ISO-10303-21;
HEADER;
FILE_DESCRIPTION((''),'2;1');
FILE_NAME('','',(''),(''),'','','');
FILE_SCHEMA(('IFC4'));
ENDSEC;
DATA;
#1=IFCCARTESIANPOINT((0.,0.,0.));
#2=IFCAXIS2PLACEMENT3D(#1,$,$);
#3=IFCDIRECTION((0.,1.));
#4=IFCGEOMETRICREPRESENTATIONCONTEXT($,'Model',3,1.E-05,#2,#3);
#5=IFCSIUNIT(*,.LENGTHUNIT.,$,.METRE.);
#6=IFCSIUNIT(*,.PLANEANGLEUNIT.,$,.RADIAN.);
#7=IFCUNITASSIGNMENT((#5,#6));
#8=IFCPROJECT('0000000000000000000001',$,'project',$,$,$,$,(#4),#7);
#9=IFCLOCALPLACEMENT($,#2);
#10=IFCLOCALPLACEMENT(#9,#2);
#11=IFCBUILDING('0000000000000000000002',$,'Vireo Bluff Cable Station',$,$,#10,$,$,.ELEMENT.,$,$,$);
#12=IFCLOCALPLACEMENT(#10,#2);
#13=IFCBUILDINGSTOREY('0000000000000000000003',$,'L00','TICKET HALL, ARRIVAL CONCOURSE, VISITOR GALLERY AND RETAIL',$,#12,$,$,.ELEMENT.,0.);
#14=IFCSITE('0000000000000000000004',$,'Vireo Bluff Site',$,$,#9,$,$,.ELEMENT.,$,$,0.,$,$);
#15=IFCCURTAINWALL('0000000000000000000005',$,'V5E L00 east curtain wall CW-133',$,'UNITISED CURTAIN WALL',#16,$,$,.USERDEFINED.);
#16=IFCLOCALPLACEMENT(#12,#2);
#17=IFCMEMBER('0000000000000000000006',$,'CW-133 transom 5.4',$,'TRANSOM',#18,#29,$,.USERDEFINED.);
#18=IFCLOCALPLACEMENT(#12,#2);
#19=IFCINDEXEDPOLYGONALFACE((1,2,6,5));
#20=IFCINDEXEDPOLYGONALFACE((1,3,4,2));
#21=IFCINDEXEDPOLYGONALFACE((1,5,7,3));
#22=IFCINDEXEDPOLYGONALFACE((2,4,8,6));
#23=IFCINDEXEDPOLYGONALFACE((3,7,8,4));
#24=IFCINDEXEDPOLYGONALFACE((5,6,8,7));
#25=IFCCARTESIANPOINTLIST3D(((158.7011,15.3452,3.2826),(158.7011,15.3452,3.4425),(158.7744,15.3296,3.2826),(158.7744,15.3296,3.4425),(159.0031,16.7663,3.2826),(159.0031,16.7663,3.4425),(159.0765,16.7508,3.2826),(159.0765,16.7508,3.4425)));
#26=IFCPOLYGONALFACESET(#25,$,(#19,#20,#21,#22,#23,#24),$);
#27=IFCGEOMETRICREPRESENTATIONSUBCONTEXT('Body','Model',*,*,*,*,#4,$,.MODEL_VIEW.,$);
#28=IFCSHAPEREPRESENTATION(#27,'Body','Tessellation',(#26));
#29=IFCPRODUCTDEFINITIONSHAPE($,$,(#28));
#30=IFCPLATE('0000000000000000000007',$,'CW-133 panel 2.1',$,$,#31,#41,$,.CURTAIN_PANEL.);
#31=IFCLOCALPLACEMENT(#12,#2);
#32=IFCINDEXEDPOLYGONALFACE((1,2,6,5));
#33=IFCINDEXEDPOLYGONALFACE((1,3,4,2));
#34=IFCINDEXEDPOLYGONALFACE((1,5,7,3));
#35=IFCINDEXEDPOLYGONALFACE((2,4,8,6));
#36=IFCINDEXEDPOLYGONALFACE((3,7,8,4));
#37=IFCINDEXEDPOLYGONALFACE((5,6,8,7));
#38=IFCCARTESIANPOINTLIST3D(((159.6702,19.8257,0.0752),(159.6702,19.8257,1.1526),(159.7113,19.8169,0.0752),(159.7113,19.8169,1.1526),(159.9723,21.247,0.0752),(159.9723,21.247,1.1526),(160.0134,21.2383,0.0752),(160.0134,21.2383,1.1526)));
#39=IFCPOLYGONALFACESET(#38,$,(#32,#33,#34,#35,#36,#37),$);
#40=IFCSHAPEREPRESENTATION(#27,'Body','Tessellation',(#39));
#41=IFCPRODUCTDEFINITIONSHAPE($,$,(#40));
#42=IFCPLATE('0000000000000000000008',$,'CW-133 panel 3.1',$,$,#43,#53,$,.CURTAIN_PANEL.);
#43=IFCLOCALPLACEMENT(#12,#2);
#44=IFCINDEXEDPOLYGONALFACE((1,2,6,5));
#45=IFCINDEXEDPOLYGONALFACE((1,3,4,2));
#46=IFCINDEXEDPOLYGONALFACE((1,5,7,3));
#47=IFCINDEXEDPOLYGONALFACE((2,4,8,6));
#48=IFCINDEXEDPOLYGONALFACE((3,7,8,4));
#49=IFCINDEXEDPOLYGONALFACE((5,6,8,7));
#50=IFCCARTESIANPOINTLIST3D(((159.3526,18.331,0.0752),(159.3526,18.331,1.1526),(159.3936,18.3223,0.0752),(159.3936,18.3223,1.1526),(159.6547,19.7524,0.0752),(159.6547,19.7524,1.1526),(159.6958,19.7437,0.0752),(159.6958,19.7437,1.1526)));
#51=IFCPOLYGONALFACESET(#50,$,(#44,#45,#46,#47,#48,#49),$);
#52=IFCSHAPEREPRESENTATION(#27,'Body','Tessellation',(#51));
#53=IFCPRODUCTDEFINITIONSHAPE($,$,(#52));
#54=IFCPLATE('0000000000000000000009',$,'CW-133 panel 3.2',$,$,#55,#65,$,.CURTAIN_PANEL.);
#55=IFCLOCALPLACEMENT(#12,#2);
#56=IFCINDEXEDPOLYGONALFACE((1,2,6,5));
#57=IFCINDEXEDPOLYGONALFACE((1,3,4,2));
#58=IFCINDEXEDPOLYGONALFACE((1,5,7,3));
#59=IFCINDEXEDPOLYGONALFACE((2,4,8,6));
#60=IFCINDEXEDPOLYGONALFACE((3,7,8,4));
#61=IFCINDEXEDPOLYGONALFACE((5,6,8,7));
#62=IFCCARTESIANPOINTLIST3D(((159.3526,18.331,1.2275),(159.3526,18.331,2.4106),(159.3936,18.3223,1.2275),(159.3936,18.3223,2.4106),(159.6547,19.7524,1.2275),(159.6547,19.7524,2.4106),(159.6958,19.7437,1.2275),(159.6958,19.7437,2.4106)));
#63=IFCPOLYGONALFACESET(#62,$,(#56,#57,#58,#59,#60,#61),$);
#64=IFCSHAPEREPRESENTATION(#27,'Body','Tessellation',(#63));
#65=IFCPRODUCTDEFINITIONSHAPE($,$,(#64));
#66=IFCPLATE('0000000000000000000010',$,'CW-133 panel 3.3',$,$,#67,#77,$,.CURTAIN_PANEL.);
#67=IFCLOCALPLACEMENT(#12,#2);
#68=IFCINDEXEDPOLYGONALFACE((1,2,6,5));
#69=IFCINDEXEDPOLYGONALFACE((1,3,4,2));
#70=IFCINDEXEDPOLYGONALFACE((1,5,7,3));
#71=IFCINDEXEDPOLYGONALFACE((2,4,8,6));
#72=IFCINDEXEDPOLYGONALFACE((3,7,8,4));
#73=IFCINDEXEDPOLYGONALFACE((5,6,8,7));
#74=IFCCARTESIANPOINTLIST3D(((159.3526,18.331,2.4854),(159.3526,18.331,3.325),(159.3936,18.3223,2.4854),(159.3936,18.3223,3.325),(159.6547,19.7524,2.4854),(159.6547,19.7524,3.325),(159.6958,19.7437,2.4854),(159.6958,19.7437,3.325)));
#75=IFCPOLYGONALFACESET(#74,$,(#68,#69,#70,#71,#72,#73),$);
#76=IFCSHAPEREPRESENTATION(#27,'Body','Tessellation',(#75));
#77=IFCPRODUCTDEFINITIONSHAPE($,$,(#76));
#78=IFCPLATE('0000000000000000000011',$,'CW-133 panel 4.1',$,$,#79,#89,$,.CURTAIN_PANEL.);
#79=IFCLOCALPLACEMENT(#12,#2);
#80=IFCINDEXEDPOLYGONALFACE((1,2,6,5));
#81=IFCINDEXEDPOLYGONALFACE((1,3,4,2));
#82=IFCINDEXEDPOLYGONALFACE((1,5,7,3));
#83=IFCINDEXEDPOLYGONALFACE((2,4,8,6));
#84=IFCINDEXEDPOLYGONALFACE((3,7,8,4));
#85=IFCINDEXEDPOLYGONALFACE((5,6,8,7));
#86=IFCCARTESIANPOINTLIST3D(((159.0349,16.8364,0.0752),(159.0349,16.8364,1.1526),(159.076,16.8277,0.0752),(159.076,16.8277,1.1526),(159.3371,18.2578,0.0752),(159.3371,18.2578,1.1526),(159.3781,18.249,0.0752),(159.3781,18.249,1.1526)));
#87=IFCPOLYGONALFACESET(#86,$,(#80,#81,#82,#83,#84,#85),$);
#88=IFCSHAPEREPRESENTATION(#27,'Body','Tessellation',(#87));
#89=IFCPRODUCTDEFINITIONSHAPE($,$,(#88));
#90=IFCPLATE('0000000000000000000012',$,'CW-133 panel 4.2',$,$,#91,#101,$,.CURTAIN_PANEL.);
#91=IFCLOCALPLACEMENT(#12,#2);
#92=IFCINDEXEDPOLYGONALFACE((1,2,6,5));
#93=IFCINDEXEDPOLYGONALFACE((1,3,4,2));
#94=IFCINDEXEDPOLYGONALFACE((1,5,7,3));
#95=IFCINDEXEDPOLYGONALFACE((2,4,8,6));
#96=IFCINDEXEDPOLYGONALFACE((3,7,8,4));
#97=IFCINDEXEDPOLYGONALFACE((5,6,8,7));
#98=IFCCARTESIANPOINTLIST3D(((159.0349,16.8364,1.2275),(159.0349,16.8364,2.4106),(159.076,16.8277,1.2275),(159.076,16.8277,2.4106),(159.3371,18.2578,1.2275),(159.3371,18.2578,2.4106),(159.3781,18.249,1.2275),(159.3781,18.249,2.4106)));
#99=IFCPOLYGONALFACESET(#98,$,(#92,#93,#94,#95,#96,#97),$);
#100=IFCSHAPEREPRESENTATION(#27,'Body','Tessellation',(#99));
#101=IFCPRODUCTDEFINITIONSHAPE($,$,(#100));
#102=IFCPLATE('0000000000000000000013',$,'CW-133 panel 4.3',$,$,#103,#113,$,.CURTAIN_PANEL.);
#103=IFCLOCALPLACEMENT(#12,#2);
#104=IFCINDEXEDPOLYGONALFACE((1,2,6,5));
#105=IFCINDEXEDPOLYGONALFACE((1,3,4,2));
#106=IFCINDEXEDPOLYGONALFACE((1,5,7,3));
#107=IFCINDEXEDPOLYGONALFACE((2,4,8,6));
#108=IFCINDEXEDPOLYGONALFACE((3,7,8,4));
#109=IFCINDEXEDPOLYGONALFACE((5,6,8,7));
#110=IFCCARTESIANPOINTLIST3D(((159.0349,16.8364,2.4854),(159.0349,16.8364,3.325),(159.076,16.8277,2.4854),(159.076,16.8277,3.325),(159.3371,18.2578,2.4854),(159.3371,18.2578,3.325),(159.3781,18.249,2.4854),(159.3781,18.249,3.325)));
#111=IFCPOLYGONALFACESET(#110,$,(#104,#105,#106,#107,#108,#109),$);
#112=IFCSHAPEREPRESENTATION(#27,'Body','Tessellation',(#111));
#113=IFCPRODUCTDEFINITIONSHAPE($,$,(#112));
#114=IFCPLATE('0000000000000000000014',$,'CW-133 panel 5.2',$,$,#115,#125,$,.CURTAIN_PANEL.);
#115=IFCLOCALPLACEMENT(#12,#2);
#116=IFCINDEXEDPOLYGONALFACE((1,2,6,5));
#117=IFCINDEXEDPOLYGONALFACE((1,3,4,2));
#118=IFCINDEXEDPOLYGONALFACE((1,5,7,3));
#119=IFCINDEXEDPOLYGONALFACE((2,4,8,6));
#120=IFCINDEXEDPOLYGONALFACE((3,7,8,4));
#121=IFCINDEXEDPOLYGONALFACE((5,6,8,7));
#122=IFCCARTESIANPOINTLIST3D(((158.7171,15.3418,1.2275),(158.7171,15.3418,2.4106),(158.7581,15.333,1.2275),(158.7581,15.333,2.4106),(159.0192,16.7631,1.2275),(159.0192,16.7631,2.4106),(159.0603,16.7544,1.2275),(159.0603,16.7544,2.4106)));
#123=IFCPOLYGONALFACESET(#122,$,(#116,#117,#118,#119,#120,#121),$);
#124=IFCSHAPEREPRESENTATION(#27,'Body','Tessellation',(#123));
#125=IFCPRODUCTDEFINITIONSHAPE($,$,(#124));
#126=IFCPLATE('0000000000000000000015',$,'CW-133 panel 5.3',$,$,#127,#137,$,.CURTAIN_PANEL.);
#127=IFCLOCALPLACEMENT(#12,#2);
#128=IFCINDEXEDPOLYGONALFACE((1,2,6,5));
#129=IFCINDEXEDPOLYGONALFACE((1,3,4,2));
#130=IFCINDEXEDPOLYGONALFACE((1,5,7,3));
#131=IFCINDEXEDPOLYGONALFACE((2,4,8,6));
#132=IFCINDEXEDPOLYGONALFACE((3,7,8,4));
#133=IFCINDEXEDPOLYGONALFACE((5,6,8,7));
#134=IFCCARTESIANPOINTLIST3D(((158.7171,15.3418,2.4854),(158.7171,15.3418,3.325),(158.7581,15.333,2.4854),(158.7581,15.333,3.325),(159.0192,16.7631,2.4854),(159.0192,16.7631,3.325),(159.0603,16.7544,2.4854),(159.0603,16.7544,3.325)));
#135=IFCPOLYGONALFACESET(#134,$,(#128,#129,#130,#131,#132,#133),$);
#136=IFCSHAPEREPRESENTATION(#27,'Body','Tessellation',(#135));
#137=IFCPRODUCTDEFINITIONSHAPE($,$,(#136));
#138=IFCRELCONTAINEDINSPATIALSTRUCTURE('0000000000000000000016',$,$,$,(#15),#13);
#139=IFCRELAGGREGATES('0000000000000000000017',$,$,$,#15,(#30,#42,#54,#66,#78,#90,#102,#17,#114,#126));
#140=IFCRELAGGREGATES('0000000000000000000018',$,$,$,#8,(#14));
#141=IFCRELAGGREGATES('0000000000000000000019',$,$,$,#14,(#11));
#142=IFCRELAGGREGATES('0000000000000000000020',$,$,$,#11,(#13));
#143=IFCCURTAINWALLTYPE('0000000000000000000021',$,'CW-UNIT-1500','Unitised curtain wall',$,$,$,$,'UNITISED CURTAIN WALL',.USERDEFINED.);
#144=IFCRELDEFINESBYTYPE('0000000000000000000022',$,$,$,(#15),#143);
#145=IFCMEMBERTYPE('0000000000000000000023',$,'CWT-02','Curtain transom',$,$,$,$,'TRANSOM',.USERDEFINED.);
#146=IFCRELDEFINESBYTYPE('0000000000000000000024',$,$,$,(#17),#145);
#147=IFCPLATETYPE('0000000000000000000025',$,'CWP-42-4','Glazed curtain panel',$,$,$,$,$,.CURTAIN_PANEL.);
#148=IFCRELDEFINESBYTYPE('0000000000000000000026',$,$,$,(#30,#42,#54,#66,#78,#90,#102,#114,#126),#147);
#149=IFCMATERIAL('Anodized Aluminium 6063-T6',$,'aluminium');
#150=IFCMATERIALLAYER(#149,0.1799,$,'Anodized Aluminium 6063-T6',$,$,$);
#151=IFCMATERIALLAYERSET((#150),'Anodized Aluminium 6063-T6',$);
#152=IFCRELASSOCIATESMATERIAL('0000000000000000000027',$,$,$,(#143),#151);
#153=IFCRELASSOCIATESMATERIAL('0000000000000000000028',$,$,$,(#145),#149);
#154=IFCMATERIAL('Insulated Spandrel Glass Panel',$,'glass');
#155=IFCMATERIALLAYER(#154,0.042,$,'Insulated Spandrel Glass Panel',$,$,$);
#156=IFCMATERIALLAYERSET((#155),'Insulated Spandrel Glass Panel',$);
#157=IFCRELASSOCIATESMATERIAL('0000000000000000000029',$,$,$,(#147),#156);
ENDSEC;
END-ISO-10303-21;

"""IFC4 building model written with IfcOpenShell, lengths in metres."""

from ifc_helpers import new_model, si_unit, direction, frame, origin, origin_2d, place, context, subcontext, project, spatial, rectangle, extrude, material, layer, layer_set, material_profile, profile_set, type_object, element, aggregate, save


model = new_model("IFC4")

# Units and contexts
model_context = context("Model", 3, precision=1e-05, world=origin(), true_north=direction((0.0, 1.0)))
body_context = subcontext(model_context, "Body", "Model", "MODEL_VIEW")
ifc_project = project(units=[si_unit("LENGTHUNIT", "METRE"), si_unit("PLANEANGLEUNIT", "RADIAN")], contexts=[model_context])

# Site, building, storey
site_placement = place(None, origin())
site = spatial("IfcSite", under=ifc_project, at=site_placement, Name="Vireo Bluff Site", CompositionType="ELEMENT", RefElevation=0.0)
building_placement = place(site_placement, origin())
building = spatial("IfcBuilding", under=site, at=building_placement, Name="Vireo Bluff Cable Station", CompositionType="ELEMENT")
storey_placement = place(building_placement, origin())
storey = spatial("IfcBuildingStorey", under=building, at=storey_placement, Name="L00", Description="TICKET HALL, ARRIVAL CONCOURSE, VISITOR GALLERY AND RETAIL", CompositionType="ELEMENT", Elevation=0.0)

# Curtain wall, member, plates
ifc_material_1 = material(Name="Anodized Aluminium 6063-T6", Category="aluminium")
ifc_layer_1 = layer(ifc_material_1, 0.1799, Name="Anodized Aluminium 6063-T6")
ifc_layer_set_1 = layer_set([ifc_layer_1], Name="Anodized Aluminium 6063-T6")
curtain_wall_type = type_object("IfcCurtainWallType", Name="CW-UNIT-1500", Description="Unitised curtain wall", ElementType="UNITISED CURTAIN WALL", PredefinedType="USERDEFINED", material=ifc_layer_set_1)
curtain_wall_placement = place(storey_placement, origin())
curtain_wall = element("IfcCurtainWall", 1, at=curtain_wall_placement, inside=storey, type_object=curtain_wall_type, Name="V5E L00 east curtain wall CW-133", ObjectType="UNITISED CURTAIN WALL", PredefinedType="USERDEFINED")
ifc_material_profile_1 = material_profile(ifc_material_1, rectangle(XDim=0.075, YDim=0.1599, at=origin_2d()), Name="ALU-T-75X160")
ifc_profile_set_1 = profile_set([ifc_material_profile_1], Name="Anodized Aluminium 6063-T6")
member_type_1 = type_object("IfcMemberType", Name="CWT-02", Description="Curtain transom", ElementType="TRANSOM", PredefinedType="USERDEFINED", material=ifc_profile_set_1)
member_1_placement = place(storey_placement, frame((159.0398, 16.7585, 3.3625), z_axis=(-0.207865, -0.978158, 0.0), x_axis=(0.978158, -0.207865, 0.0)))
member_1 = element("IfcMember", 2, at=member_1_placement, type_object=member_type_1, Name="CW-133 transom 5.4", ObjectType="TRANSOM", PredefinedType="USERDEFINED", context=body_context, shape_type="SweptSolid", body=[
    extrude(rectangle(XDim=0.075, YDim=0.1599, at=origin_2d()), origin(), (0.0, 0.0, 1.0), 1.4529),
])
ifc_material_2 = material(Name="Insulated Spandrel Glass Panel", Category="glass")
ifc_layer_2 = layer(ifc_material_2, 0.042, Name="Insulated Spandrel Glass Panel")
ifc_layer_set_2 = layer_set([ifc_layer_2], Name="Insulated Spandrel Glass Panel")
plate_type = type_object("IfcPlateType", Name="CWP-42-4", Description="Glazed curtain panel", PredefinedType="CURTAIN_PANEL", material=ifc_layer_set_2)
plate_1_placement = place(storey_placement, frame((159.8418, 20.532, 0.0752), z_axis=(0.0, 0.0, 1.0), x_axis=(-0.207912, -0.978148, 0.0)))
plate_1 = element("IfcPlate", 3, at=plate_1_placement, type_object=plate_type, Name="CW-133 panel 2.1", PredefinedType="CURTAIN_PANEL", context=body_context, shape_type="SweptSolid", body=[
    extrude(rectangle(XDim=1.4531, YDim=0.042, at=origin_2d()), origin(), (0.0, 0.0, 1.0), 1.0774),
])
plate_2_placement = place(storey_placement, frame((159.5242, 19.0374, 0.0752), z_axis=(0.0, 0.0, 1.0), x_axis=(-0.207912, -0.978148, 0.0)))
plate_2 = element("IfcPlate", 4, at=plate_2_placement, type_object=plate_type, Name="CW-133 panel 3.1", PredefinedType="CURTAIN_PANEL", context=body_context, shape_type="SweptSolid", body=[
    extrude(rectangle(XDim=1.4531, YDim=0.042, at=origin_2d()), origin(), (0.0, 0.0, 1.0), 1.0774),
])
plate_3_placement = place(storey_placement, frame((159.5242, 19.0374, 1.2275), z_axis=(0.0, 0.0, 1.0), x_axis=(-0.207912, -0.978148, 0.0)))
plate_3 = element("IfcPlate", 5, at=plate_3_placement, type_object=plate_type, Name="CW-133 panel 3.2", PredefinedType="CURTAIN_PANEL", context=body_context, shape_type="SweptSolid", body=[
    extrude(rectangle(XDim=1.4531, YDim=0.042, at=origin_2d()), origin(), (0.0, 0.0, 1.0), 1.1831),
])
plate_4_placement = place(storey_placement, frame((159.5242, 19.0374, 2.4854), z_axis=(0.0, 0.0, 1.0), x_axis=(-0.207912, -0.978148, 0.0)))
plate_4 = element("IfcPlate", 6, at=plate_4_placement, type_object=plate_type, Name="CW-133 panel 3.3", PredefinedType="CURTAIN_PANEL", context=body_context, shape_type="SweptSolid", body=[
    extrude(rectangle(XDim=1.4531, YDim=0.042, at=origin_2d()), origin(), (0.0, 0.0, 1.0), 0.8396),
])
plate_5_placement = place(storey_placement, frame((159.2065, 17.5427, 0.0752), z_axis=(0.0, 0.0, 1.0), x_axis=(-0.207912, -0.978148, 0.0)))
plate_5 = element("IfcPlate", 7, at=plate_5_placement, type_object=plate_type, Name="CW-133 panel 4.1", PredefinedType="CURTAIN_PANEL", context=body_context, shape_type="SweptSolid", body=[
    extrude(rectangle(XDim=1.4531, YDim=0.042, at=origin_2d()), origin(), (0.0, 0.0, 1.0), 1.0774),
])
plate_6_placement = place(storey_placement, frame((159.2065, 17.5427, 1.2275), z_axis=(0.0, 0.0, 1.0), x_axis=(-0.207912, -0.978148, 0.0)))
plate_6 = element("IfcPlate", 8, at=plate_6_placement, type_object=plate_type, Name="CW-133 panel 4.2", PredefinedType="CURTAIN_PANEL", context=body_context, shape_type="SweptSolid", body=[
    extrude(rectangle(XDim=1.4531, YDim=0.042, at=origin_2d()), origin(), (0.0, 0.0, 1.0), 1.1831),
])
plate_7_placement = place(storey_placement, frame((159.2065, 17.5427, 2.4854), z_axis=(0.0, 0.0, 1.0), x_axis=(-0.207912, -0.978148, 0.0)))
plate_7 = element("IfcPlate", 9, at=plate_7_placement, type_object=plate_type, Name="CW-133 panel 4.3", PredefinedType="CURTAIN_PANEL", context=body_context, shape_type="SweptSolid", body=[
    extrude(rectangle(XDim=1.4531, YDim=0.042, at=origin_2d()), origin(), (0.0, 0.0, 1.0), 0.8396),
])
plate_8_placement = place(storey_placement, frame((158.8887, 16.0481, 1.2275), z_axis=(0.0, 0.0, 1.0), x_axis=(-0.207912, -0.978148, 0.0)))
plate_8 = element("IfcPlate", 10, at=plate_8_placement, type_object=plate_type, Name="CW-133 panel 5.2", PredefinedType="CURTAIN_PANEL", context=body_context, shape_type="SweptSolid", body=[
    extrude(rectangle(XDim=1.4531, YDim=0.042, at=origin_2d()), origin(), (0.0, 0.0, 1.0), 1.1831),
])
plate_9_placement = place(storey_placement, frame((158.8887, 16.0481, 2.4854), z_axis=(0.0, 0.0, 1.0), x_axis=(-0.207912, -0.978148, 0.0)))
plate_9 = element("IfcPlate", 11, at=plate_9_placement, type_object=plate_type, Name="CW-133 panel 5.3", PredefinedType="CURTAIN_PANEL", context=body_context, shape_type="SweptSolid", body=[
    extrude(rectangle(XDim=1.4531, YDim=0.042, at=origin_2d()), origin(), (0.0, 0.0, 1.0), 0.8396),
])
aggregate(curtain_wall, [plate_1, plate_2, plate_3, plate_4, plate_5, plate_6, plate_7, member_1, plate_8, plate_9])

save(model, "model.ifc")
